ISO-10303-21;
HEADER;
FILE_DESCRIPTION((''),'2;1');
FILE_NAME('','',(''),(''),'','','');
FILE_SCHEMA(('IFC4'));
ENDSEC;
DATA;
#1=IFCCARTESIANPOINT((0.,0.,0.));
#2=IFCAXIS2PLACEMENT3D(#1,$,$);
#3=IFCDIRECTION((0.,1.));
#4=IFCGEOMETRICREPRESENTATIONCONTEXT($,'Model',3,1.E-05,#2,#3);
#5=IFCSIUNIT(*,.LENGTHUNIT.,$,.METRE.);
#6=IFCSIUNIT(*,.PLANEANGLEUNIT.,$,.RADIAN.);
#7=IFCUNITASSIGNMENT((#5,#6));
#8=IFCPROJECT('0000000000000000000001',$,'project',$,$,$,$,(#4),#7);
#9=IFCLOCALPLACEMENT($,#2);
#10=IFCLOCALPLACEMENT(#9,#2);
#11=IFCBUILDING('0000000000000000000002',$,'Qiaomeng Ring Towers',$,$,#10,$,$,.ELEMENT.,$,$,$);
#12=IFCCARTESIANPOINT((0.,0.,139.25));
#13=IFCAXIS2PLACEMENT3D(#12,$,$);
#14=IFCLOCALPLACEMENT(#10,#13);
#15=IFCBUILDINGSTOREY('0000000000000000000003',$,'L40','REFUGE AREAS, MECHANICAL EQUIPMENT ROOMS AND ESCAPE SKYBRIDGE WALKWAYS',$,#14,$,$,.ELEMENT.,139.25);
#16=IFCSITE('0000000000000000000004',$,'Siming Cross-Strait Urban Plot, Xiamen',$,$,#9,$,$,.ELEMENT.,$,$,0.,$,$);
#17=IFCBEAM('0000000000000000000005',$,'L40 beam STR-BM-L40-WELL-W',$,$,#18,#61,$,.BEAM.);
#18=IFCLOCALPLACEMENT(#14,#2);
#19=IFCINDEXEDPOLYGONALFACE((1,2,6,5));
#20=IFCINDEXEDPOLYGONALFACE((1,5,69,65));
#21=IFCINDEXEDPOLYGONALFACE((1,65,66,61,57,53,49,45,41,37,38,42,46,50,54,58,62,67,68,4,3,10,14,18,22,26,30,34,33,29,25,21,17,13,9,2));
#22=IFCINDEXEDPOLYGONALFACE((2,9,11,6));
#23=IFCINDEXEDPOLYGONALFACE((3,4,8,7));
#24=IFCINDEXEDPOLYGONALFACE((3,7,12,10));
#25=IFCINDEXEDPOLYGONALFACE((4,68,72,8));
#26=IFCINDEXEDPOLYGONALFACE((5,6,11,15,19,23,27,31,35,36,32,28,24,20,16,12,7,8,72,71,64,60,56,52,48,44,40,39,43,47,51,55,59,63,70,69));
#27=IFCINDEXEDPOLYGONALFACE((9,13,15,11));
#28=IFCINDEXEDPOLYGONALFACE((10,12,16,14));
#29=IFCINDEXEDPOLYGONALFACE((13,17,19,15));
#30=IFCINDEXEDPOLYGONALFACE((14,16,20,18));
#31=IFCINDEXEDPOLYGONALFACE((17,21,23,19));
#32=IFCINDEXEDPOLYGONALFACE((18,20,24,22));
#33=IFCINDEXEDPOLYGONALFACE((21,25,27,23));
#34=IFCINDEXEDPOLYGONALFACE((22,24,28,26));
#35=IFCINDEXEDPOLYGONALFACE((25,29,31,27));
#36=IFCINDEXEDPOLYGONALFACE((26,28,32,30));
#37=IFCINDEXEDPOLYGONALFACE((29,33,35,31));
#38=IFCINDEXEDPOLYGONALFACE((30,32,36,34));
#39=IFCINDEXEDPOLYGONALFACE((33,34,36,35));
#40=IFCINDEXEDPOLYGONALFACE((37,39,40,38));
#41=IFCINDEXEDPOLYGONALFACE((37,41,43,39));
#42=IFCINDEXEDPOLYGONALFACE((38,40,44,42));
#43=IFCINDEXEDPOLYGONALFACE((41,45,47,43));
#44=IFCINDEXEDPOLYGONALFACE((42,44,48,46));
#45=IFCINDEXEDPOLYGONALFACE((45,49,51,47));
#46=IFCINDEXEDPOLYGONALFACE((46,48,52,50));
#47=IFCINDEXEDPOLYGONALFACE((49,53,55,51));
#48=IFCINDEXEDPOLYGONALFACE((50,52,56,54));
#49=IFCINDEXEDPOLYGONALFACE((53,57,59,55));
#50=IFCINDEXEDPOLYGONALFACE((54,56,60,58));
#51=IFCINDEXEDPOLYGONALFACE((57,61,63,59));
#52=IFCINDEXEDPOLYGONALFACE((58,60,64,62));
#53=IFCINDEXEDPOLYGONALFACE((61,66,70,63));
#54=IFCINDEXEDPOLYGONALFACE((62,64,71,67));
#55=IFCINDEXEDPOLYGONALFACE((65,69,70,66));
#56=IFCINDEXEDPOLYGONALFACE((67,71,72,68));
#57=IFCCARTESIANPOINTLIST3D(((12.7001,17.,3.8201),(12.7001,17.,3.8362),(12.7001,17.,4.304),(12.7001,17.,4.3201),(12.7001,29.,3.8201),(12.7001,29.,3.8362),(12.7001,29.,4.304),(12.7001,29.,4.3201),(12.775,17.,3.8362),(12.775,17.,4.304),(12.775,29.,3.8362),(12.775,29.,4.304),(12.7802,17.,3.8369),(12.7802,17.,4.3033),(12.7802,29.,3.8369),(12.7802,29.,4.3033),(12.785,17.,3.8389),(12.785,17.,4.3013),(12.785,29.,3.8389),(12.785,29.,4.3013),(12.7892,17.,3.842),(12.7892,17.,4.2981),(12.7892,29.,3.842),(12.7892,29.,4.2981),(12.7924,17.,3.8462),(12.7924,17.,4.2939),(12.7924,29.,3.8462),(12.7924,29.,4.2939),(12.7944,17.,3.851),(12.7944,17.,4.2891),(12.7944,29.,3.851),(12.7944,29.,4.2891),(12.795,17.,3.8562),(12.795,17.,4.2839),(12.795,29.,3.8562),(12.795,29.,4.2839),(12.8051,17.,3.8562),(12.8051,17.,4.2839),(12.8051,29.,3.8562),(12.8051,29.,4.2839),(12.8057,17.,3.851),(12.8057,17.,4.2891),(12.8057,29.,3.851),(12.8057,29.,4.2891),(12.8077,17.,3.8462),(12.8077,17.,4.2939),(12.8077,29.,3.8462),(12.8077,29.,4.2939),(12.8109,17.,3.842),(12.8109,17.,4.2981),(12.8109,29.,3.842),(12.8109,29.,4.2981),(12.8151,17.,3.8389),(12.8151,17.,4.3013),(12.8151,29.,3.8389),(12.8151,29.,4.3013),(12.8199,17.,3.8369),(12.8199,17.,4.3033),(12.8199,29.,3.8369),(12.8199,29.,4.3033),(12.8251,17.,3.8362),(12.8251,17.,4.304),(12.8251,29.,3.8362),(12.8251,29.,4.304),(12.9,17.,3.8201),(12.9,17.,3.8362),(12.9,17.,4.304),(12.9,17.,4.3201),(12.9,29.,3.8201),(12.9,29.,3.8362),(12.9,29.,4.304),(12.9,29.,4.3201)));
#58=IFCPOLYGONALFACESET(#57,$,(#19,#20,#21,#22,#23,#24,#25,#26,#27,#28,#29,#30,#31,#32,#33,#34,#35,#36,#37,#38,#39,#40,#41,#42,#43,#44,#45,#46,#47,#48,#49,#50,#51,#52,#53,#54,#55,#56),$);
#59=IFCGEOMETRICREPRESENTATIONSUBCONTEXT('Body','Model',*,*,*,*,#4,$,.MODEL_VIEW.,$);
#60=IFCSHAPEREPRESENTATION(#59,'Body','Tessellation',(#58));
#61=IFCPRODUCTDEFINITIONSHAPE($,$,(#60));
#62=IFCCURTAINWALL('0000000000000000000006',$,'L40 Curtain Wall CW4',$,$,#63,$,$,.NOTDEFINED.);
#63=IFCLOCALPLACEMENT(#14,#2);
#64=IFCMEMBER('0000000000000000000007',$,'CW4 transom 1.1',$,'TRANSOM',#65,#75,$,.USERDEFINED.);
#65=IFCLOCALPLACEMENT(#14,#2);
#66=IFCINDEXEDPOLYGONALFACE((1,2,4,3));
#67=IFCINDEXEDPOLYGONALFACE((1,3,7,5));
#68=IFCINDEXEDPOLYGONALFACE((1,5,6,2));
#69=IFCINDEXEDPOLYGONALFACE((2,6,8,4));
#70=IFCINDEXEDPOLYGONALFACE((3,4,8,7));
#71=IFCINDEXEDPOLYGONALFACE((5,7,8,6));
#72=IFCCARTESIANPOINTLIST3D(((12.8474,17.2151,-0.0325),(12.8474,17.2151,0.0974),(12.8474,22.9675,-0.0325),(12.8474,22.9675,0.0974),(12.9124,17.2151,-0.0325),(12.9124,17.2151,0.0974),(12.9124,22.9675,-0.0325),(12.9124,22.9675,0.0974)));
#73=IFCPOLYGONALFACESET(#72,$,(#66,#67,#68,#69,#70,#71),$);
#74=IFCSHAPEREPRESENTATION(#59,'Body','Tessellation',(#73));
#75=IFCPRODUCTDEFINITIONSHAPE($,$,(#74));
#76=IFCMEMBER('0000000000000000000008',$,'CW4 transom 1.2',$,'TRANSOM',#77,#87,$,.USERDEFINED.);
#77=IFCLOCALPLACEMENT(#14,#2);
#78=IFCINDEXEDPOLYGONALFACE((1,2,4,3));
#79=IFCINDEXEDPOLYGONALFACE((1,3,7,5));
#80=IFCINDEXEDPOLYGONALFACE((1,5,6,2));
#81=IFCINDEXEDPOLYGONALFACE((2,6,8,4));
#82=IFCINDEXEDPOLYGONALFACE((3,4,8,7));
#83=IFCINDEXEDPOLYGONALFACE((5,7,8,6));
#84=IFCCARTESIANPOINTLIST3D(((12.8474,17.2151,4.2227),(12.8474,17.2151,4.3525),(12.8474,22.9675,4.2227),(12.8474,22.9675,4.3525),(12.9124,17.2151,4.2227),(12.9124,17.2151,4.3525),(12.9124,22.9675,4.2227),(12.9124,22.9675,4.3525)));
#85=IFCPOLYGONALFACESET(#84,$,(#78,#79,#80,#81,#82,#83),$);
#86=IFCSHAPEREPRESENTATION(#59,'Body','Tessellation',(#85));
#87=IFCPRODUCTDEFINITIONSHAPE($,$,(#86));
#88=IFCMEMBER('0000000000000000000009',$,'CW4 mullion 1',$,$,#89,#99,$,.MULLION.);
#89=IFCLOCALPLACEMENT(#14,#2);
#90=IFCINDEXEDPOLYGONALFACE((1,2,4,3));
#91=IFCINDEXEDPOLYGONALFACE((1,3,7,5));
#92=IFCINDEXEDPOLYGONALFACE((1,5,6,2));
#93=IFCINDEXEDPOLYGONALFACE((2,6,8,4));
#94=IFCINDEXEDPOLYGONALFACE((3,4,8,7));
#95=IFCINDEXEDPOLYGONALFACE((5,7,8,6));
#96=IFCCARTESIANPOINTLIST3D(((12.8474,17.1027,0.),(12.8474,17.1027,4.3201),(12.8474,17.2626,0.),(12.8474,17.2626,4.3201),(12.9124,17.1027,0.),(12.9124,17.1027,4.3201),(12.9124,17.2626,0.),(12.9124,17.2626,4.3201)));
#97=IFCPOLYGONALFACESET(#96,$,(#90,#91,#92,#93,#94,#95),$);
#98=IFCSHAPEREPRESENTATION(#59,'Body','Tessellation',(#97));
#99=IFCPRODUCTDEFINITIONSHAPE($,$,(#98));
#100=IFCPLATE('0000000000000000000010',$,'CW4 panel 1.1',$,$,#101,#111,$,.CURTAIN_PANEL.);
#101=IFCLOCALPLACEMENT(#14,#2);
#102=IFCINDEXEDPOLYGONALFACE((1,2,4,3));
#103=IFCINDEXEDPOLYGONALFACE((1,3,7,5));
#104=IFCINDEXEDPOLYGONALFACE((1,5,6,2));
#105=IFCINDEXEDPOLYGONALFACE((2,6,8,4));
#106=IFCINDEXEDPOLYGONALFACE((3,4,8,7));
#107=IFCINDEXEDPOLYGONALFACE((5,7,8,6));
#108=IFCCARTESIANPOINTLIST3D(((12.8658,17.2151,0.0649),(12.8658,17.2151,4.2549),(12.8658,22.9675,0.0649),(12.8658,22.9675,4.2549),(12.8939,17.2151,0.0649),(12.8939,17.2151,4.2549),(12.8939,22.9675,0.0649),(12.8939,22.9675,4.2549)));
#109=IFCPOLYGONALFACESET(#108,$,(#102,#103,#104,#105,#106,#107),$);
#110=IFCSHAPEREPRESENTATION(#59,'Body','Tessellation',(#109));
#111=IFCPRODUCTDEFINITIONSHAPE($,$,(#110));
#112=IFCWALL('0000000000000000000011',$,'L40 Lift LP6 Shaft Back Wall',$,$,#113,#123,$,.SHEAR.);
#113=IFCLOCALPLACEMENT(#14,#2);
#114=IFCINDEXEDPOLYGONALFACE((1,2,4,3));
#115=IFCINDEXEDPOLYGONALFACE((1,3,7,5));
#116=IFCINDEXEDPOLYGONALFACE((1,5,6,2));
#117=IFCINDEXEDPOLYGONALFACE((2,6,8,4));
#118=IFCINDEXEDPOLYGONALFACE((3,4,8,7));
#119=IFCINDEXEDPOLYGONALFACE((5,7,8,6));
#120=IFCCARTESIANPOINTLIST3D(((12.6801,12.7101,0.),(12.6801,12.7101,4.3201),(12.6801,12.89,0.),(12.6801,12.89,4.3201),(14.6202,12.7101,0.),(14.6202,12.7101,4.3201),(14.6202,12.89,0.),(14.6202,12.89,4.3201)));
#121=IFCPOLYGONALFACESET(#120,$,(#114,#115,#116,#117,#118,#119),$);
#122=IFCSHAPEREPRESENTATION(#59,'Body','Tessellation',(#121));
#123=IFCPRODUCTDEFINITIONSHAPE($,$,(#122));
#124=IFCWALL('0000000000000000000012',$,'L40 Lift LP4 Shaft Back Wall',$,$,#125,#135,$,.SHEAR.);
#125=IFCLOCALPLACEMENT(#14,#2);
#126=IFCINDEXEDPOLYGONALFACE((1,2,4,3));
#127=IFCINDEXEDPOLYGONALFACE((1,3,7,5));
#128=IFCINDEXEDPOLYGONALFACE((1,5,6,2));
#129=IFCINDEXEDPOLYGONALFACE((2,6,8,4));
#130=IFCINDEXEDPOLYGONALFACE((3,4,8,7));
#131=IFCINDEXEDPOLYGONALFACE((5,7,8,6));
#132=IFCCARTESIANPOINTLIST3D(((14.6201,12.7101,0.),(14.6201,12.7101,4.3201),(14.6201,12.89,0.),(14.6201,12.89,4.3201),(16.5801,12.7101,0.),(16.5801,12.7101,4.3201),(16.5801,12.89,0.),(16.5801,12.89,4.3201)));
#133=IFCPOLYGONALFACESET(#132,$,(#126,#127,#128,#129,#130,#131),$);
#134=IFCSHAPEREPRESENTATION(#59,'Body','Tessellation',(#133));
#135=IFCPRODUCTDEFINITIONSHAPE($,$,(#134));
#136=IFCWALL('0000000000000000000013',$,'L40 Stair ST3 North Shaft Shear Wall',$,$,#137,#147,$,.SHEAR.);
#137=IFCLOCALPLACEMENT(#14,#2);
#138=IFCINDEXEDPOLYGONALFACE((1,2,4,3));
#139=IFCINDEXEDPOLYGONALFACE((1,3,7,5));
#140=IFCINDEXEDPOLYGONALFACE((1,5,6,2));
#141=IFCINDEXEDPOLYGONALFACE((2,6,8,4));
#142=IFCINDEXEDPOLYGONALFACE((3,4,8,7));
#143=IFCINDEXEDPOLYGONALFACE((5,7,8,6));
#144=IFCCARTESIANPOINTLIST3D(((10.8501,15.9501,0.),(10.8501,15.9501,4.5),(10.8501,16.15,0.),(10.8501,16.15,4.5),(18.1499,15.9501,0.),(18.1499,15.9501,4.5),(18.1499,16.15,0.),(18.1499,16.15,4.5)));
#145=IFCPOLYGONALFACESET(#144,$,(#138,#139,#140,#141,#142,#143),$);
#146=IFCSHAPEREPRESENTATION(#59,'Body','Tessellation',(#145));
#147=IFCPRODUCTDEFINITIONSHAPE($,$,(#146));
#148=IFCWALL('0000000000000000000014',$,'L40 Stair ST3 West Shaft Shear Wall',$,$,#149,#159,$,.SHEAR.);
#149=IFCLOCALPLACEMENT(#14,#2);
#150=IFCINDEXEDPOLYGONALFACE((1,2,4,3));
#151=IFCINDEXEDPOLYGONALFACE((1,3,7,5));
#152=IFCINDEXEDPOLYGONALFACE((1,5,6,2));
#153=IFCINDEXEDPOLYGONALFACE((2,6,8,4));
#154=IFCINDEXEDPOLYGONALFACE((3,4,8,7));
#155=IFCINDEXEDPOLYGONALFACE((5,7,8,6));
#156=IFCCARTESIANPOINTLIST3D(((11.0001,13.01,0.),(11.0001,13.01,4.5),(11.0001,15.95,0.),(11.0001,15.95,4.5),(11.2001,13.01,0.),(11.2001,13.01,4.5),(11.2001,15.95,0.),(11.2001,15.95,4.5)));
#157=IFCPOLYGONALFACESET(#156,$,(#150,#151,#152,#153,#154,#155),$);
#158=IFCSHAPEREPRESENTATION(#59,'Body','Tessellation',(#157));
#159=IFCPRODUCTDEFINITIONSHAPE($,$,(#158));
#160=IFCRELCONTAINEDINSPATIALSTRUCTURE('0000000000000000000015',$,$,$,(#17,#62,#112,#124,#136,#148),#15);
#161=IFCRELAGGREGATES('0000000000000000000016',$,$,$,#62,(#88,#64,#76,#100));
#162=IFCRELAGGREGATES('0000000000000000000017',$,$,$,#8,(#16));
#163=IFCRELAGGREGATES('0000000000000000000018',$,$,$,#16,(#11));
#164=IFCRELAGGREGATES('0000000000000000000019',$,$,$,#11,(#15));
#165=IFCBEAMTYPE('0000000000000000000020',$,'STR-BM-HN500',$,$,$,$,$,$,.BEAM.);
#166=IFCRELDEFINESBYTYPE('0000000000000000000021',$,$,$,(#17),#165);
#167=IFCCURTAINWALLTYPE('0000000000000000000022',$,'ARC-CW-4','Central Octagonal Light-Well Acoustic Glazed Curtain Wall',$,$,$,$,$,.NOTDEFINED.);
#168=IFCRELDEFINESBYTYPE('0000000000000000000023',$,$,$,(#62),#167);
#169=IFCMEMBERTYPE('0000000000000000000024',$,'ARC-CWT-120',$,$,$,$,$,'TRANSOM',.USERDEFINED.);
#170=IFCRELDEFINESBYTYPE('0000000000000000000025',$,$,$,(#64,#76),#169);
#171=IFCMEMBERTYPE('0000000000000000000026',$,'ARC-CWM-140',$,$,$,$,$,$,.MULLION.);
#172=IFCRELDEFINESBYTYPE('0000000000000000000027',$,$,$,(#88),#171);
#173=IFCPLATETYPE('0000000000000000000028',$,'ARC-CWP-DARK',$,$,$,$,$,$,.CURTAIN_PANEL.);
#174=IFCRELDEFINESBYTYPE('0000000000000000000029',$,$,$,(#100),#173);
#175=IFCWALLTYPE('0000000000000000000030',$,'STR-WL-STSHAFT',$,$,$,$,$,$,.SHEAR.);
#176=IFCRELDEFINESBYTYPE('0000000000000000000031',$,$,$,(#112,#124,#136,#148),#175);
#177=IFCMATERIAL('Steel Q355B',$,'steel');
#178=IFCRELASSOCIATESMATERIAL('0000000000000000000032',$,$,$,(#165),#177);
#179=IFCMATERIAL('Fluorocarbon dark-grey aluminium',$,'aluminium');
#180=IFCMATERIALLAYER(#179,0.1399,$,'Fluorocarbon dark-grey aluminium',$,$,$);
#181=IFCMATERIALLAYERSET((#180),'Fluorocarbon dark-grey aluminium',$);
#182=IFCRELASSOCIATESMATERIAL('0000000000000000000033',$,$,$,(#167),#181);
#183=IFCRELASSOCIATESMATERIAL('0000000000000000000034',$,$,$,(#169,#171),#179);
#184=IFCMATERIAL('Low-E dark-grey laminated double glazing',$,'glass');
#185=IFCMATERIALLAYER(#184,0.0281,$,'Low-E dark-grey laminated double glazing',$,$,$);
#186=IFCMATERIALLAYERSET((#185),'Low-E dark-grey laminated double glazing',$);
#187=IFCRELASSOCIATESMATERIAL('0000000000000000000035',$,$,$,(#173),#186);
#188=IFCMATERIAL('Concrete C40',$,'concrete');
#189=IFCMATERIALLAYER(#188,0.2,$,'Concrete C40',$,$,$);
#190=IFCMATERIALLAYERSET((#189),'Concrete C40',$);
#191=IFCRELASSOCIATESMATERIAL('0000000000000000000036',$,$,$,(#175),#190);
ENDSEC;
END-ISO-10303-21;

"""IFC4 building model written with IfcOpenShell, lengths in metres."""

from ifc_helpers import new_model, si_unit, direction, frame, frame_2d, origin, origin_2d, place, context, subcontext, project, spatial, rectangle, i_section, extrude, source, transform, mapped, material, layer, layer_set, material_profile, profile_set, type_object, element, aggregate, save


model = new_model("IFC4")

# Units and contexts
model_context = context("Model", 3, precision=1e-05, world=origin(), true_north=direction((0.0, 1.0)))
body_context = subcontext(model_context, "Body", "Model", "MODEL_VIEW")
ifc_project = project(units=[si_unit("LENGTHUNIT", "METRE"), si_unit("PLANEANGLEUNIT", "RADIAN")], contexts=[model_context])

# Site, building, storey
site_placement = place(None, origin())
site = spatial("IfcSite", under=ifc_project, at=site_placement, Name="Siming Cross-Strait Urban Plot, Xiamen", CompositionType="ELEMENT", RefElevation=0.0)
building_placement = place(site_placement, origin())
building = spatial("IfcBuilding", under=site, at=building_placement, Name="Qiaomeng Ring Towers", CompositionType="ELEMENT")
storey_placement = place(building_placement, frame((0.0, 0.0, 139.25)))
storey = spatial("IfcBuildingStorey", under=building, at=storey_placement, Name="L40", Description="REFUGE AREAS, MECHANICAL EQUIPMENT ROOMS AND ESCAPE SKYBRIDGE WALKWAYS", CompositionType="ELEMENT", Elevation=139.25)

# Beam
ifc_material_1 = material(Name="Steel Q355B", Category="steel")
ifc_material_profile_1 = material_profile(ifc_material_1, i_section(OverallWidth=0.2, OverallDepth=0.5, WebThickness=0.01, FlangeThickness=0.0161, FilletRadius=0.02, at=origin_2d()), Name="HN 500x200x10x16")
ifc_profile_set_1 = profile_set([ifc_material_profile_1], Name="Steel Q355B")
beam_type = type_object("IfcBeamType", Name="STR-BM-HN500", PredefinedType="BEAM", material=ifc_profile_set_1)
shared_shape_1 = source(origin(), body_context, "Body", "SweptSolid", [
    extrude(i_section(OverallWidth=0.2, OverallDepth=0.5, WebThickness=0.01, FlangeThickness=0.0161, FilletRadius=0.02, at=origin_2d()), origin(), (0.0, 0.0, 1.0), 12.0),
])
beam_placement = place(storey_placement, frame((12.8, 17.0, 4.0701), z_axis=(0.0, 1.0, 0.0), x_axis=(-1.0, 0.0, 0.0)))
element("IfcBeam", 1, at=beam_placement, inside=storey, type_object=beam_type, Name="L40 beam STR-BM-L40-WELL-W", PredefinedType="BEAM", context=body_context, shape_type="MappedRepresentation", body=[
    mapped(shared_shape_1, transform((0.0, 0.0, 0.0), x_axis=(1.0, 0.0, 0.0), y_axis=(0.0, 1.0, 0.0), z_axis=(0.0, 0.0, 1.0), scale=1.0)),
])

# Curtain wall, members, plate
ifc_material_2 = material(Name="Fluorocarbon dark-grey aluminium", Category="aluminium")
ifc_layer_1 = layer(ifc_material_2, 0.1399, Name="Fluorocarbon dark-grey aluminium")
ifc_layer_set_1 = layer_set([ifc_layer_1], Name="Fluorocarbon dark-grey aluminium")
curtain_wall_type = type_object("IfcCurtainWallType", Name="ARC-CW-4", Description="Central Octagonal Light-Well Acoustic Glazed Curtain Wall", PredefinedType="NOTDEFINED", material=ifc_layer_set_1)
curtain_wall_placement = place(storey_placement, origin())
curtain_wall = element("IfcCurtainWall", 2, at=curtain_wall_placement, inside=storey, type_object=curtain_wall_type, Name="L40 Curtain Wall CW4", PredefinedType="NOTDEFINED")
ifc_material_profile_2 = material_profile(ifc_material_2, rectangle(XDim=0.0649, YDim=0.1299, at=origin_2d()), Name="ALU TRAN 65x130")
ifc_profile_set_2 = profile_set([ifc_material_profile_2], Name="Fluorocarbon dark-grey aluminium")
member_type_1 = type_object("IfcMemberType", Name="ARC-CWT-120", ElementType="TRANSOM", PredefinedType="USERDEFINED", material=ifc_profile_set_2)
shared_shape_2 = source(origin(), body_context, "Body", "SweptSolid", [
    extrude(rectangle(XDim=0.0649, YDim=0.1299, at=origin_2d()), origin(), (0.0, 0.0, 1.0), 5.7524),
])
member_1_placement = place(storey_placement, frame((12.8799, 17.2151, 0.0325), z_axis=(0.0, 1.0, 0.0), x_axis=(-1.0, 0.0, 0.0)))
member_1 = element("IfcMember", 3, at=member_1_placement, type_object=member_type_1, Name="CW4 transom 1.1", ObjectType="TRANSOM", PredefinedType="USERDEFINED", context=body_context, shape_type="MappedRepresentation", body=[
    mapped(shared_shape_2, transform((0.0, 0.0, 0.0), x_axis=(1.0, 0.0, 0.0), y_axis=(0.0, 1.0, 0.0), z_axis=(0.0, 0.0, 1.0), scale=1.0)),
])
member_2_placement = place(storey_placement, frame((12.8799, 17.2151, 4.2876), z_axis=(0.0, 1.0, 0.0), x_axis=(-1.0, 0.0, 0.0)))
member_2 = element("IfcMember", 4, at=member_2_placement, type_object=member_type_1, Name="CW4 transom 1.2", ObjectType="TRANSOM", PredefinedType="USERDEFINED", context=body_context, shape_type="MappedRepresentation", body=[
    mapped(shared_shape_2, transform((0.0, 0.0, 0.0), x_axis=(1.0, 0.0, 0.0), y_axis=(0.0, 1.0, 0.0), z_axis=(0.0, 0.0, 1.0), scale=1.0)),
])
ifc_material_profile_3 = material_profile(ifc_material_2, rectangle(XDim=0.0649, YDim=0.1599, at=origin_2d()), Name="ALU MULL 65x160")
ifc_profile_set_3 = profile_set([ifc_material_profile_3], Name="Fluorocarbon dark-grey aluminium")
member_type_2 = type_object("IfcMemberType", Name="ARC-CWM-140", PredefinedType="MULLION", material=ifc_profile_set_3)
shared_shape_3 = source(origin(), body_context, "Body", "SweptSolid", [
    extrude(rectangle(XDim=0.0649, YDim=0.1599, at=origin_2d()), origin(), (0.0, 0.0, 1.0), 4.3201),
])
member_3_placement = place(storey_placement, frame((12.8799, 17.1826, 0.0), z_axis=(0.0, 0.0, 1.0), x_axis=(-1.0, 0.0, 0.0)))
member_3 = element("IfcMember", 5, at=member_3_placement, type_object=member_type_2, Name="CW4 mullion 1", PredefinedType="MULLION", context=body_context, shape_type="MappedRepresentation", body=[
    mapped(shared_shape_3, transform((0.0, 0.0, 0.0), x_axis=(1.0, 0.0, 0.0), y_axis=(0.0, 1.0, 0.0), z_axis=(0.0, 0.0, 1.0), scale=1.0)),
])
ifc_material_3 = material(Name="Low-E dark-grey laminated double glazing", Category="glass")
ifc_layer_2 = layer(ifc_material_3, 0.0281, Name="Low-E dark-grey laminated double glazing")
ifc_layer_set_2 = layer_set([ifc_layer_2], Name="Low-E dark-grey laminated double glazing")
plate_type = type_object("IfcPlateType", Name="ARC-CWP-DARK", PredefinedType="CURTAIN_PANEL", material=ifc_layer_set_2)
shared_shape_4 = source(origin(), body_context, "Body", "SweptSolid", [
    extrude(rectangle(XDim=5.7524, YDim=0.0281, at=origin_2d()), origin(), (0.0, 0.0, 1.0), 4.1899),
])
plate_placement = place(storey_placement, frame((12.8799, 20.0913, 0.0649), z_axis=(0.0, 0.0, 1.0), x_axis=(0.0, 1.0, 0.0)))
plate = element("IfcPlate", 6, at=plate_placement, type_object=plate_type, Name="CW4 panel 1.1", PredefinedType="CURTAIN_PANEL", context=body_context, shape_type="MappedRepresentation", body=[
    mapped(shared_shape_4, transform((0.0, 0.0, 0.0), x_axis=(1.0, 0.0, 0.0), y_axis=(0.0, 1.0, 0.0), z_axis=(0.0, 0.0, 1.0), scale=1.0)),
])
aggregate(curtain_wall, [member_3, member_1, member_2, plate])

# Walls
ifc_material_4 = material(Name="Concrete C40", Category="concrete")
ifc_layer_3 = layer(ifc_material_4, 0.2, Name="Concrete C40")
ifc_layer_set_3 = layer_set([ifc_layer_3], Name="Concrete C40")
wall_type = type_object("IfcWallType", Name="STR-WL-STSHAFT", PredefinedType="SHEAR", material=ifc_layer_set_3)
wall_1_placement = place(storey_placement, frame((12.6799, 12.8, 0.0), z_axis=(0.0, 0.0, 1.0), x_axis=(1.0, 0.0, 0.0)))
element("IfcWall", 7, at=wall_1_placement, inside=storey, type_object=wall_type, Name="L40 Lift LP6 Shaft Back Wall", PredefinedType="SHEAR", context=body_context, shape_type="SweptSolid", body=[
    extrude(rectangle(XDim=1.9402, YDim=0.1799, at=frame_2d((0.9702, 0.0))), origin(), (0.0, 0.0, 1.0), 4.3201),
])
wall_2_placement = place(storey_placement, frame((14.6201, 12.8, 0.0), z_axis=(0.0, 0.0, 1.0), x_axis=(1.0, 0.0, 0.0)))
element("IfcWall", 8, at=wall_2_placement, inside=storey, type_object=wall_type, Name="L40 Lift LP4 Shaft Back Wall", PredefinedType="SHEAR", context=body_context, shape_type="SweptSolid", body=[
    extrude(rectangle(XDim=1.96, YDim=0.1799, at=frame_2d((0.98, 0.0))), origin(), (0.0, 0.0, 1.0), 4.3201),
])
wall_3_placement = place(storey_placement, frame((10.8501, 16.05, 0.0), z_axis=(0.0, 0.0, 1.0), x_axis=(1.0, 0.0, 0.0)))
element("IfcWall", 9, at=wall_3_placement, inside=storey, type_object=wall_type, Name="L40 Stair ST3 North Shaft Shear Wall", PredefinedType="SHEAR", context=body_context, shape_type="SweptSolid", body=[
    extrude(rectangle(XDim=7.2998, YDim=0.2, at=frame_2d((3.6499, 0.0))), origin(), (0.0, 0.0, 1.0), 4.5),
])
wall_4_placement = place(storey_placement, frame((11.1001, 13.01, 0.0), z_axis=(0.0, 0.0, 1.0), x_axis=(0.0, 1.0, 0.0)))
element("IfcWall", 10, at=wall_4_placement, inside=storey, type_object=wall_type, Name="L40 Stair ST3 West Shaft Shear Wall", PredefinedType="SHEAR", context=body_context, shape_type="SweptSolid", body=[
    extrude(rectangle(XDim=2.9399, YDim=0.2, at=frame_2d((1.47, 0.0))), origin(), (0.0, 0.0, 1.0), 4.5),
])

save(model, "model.ifc")
